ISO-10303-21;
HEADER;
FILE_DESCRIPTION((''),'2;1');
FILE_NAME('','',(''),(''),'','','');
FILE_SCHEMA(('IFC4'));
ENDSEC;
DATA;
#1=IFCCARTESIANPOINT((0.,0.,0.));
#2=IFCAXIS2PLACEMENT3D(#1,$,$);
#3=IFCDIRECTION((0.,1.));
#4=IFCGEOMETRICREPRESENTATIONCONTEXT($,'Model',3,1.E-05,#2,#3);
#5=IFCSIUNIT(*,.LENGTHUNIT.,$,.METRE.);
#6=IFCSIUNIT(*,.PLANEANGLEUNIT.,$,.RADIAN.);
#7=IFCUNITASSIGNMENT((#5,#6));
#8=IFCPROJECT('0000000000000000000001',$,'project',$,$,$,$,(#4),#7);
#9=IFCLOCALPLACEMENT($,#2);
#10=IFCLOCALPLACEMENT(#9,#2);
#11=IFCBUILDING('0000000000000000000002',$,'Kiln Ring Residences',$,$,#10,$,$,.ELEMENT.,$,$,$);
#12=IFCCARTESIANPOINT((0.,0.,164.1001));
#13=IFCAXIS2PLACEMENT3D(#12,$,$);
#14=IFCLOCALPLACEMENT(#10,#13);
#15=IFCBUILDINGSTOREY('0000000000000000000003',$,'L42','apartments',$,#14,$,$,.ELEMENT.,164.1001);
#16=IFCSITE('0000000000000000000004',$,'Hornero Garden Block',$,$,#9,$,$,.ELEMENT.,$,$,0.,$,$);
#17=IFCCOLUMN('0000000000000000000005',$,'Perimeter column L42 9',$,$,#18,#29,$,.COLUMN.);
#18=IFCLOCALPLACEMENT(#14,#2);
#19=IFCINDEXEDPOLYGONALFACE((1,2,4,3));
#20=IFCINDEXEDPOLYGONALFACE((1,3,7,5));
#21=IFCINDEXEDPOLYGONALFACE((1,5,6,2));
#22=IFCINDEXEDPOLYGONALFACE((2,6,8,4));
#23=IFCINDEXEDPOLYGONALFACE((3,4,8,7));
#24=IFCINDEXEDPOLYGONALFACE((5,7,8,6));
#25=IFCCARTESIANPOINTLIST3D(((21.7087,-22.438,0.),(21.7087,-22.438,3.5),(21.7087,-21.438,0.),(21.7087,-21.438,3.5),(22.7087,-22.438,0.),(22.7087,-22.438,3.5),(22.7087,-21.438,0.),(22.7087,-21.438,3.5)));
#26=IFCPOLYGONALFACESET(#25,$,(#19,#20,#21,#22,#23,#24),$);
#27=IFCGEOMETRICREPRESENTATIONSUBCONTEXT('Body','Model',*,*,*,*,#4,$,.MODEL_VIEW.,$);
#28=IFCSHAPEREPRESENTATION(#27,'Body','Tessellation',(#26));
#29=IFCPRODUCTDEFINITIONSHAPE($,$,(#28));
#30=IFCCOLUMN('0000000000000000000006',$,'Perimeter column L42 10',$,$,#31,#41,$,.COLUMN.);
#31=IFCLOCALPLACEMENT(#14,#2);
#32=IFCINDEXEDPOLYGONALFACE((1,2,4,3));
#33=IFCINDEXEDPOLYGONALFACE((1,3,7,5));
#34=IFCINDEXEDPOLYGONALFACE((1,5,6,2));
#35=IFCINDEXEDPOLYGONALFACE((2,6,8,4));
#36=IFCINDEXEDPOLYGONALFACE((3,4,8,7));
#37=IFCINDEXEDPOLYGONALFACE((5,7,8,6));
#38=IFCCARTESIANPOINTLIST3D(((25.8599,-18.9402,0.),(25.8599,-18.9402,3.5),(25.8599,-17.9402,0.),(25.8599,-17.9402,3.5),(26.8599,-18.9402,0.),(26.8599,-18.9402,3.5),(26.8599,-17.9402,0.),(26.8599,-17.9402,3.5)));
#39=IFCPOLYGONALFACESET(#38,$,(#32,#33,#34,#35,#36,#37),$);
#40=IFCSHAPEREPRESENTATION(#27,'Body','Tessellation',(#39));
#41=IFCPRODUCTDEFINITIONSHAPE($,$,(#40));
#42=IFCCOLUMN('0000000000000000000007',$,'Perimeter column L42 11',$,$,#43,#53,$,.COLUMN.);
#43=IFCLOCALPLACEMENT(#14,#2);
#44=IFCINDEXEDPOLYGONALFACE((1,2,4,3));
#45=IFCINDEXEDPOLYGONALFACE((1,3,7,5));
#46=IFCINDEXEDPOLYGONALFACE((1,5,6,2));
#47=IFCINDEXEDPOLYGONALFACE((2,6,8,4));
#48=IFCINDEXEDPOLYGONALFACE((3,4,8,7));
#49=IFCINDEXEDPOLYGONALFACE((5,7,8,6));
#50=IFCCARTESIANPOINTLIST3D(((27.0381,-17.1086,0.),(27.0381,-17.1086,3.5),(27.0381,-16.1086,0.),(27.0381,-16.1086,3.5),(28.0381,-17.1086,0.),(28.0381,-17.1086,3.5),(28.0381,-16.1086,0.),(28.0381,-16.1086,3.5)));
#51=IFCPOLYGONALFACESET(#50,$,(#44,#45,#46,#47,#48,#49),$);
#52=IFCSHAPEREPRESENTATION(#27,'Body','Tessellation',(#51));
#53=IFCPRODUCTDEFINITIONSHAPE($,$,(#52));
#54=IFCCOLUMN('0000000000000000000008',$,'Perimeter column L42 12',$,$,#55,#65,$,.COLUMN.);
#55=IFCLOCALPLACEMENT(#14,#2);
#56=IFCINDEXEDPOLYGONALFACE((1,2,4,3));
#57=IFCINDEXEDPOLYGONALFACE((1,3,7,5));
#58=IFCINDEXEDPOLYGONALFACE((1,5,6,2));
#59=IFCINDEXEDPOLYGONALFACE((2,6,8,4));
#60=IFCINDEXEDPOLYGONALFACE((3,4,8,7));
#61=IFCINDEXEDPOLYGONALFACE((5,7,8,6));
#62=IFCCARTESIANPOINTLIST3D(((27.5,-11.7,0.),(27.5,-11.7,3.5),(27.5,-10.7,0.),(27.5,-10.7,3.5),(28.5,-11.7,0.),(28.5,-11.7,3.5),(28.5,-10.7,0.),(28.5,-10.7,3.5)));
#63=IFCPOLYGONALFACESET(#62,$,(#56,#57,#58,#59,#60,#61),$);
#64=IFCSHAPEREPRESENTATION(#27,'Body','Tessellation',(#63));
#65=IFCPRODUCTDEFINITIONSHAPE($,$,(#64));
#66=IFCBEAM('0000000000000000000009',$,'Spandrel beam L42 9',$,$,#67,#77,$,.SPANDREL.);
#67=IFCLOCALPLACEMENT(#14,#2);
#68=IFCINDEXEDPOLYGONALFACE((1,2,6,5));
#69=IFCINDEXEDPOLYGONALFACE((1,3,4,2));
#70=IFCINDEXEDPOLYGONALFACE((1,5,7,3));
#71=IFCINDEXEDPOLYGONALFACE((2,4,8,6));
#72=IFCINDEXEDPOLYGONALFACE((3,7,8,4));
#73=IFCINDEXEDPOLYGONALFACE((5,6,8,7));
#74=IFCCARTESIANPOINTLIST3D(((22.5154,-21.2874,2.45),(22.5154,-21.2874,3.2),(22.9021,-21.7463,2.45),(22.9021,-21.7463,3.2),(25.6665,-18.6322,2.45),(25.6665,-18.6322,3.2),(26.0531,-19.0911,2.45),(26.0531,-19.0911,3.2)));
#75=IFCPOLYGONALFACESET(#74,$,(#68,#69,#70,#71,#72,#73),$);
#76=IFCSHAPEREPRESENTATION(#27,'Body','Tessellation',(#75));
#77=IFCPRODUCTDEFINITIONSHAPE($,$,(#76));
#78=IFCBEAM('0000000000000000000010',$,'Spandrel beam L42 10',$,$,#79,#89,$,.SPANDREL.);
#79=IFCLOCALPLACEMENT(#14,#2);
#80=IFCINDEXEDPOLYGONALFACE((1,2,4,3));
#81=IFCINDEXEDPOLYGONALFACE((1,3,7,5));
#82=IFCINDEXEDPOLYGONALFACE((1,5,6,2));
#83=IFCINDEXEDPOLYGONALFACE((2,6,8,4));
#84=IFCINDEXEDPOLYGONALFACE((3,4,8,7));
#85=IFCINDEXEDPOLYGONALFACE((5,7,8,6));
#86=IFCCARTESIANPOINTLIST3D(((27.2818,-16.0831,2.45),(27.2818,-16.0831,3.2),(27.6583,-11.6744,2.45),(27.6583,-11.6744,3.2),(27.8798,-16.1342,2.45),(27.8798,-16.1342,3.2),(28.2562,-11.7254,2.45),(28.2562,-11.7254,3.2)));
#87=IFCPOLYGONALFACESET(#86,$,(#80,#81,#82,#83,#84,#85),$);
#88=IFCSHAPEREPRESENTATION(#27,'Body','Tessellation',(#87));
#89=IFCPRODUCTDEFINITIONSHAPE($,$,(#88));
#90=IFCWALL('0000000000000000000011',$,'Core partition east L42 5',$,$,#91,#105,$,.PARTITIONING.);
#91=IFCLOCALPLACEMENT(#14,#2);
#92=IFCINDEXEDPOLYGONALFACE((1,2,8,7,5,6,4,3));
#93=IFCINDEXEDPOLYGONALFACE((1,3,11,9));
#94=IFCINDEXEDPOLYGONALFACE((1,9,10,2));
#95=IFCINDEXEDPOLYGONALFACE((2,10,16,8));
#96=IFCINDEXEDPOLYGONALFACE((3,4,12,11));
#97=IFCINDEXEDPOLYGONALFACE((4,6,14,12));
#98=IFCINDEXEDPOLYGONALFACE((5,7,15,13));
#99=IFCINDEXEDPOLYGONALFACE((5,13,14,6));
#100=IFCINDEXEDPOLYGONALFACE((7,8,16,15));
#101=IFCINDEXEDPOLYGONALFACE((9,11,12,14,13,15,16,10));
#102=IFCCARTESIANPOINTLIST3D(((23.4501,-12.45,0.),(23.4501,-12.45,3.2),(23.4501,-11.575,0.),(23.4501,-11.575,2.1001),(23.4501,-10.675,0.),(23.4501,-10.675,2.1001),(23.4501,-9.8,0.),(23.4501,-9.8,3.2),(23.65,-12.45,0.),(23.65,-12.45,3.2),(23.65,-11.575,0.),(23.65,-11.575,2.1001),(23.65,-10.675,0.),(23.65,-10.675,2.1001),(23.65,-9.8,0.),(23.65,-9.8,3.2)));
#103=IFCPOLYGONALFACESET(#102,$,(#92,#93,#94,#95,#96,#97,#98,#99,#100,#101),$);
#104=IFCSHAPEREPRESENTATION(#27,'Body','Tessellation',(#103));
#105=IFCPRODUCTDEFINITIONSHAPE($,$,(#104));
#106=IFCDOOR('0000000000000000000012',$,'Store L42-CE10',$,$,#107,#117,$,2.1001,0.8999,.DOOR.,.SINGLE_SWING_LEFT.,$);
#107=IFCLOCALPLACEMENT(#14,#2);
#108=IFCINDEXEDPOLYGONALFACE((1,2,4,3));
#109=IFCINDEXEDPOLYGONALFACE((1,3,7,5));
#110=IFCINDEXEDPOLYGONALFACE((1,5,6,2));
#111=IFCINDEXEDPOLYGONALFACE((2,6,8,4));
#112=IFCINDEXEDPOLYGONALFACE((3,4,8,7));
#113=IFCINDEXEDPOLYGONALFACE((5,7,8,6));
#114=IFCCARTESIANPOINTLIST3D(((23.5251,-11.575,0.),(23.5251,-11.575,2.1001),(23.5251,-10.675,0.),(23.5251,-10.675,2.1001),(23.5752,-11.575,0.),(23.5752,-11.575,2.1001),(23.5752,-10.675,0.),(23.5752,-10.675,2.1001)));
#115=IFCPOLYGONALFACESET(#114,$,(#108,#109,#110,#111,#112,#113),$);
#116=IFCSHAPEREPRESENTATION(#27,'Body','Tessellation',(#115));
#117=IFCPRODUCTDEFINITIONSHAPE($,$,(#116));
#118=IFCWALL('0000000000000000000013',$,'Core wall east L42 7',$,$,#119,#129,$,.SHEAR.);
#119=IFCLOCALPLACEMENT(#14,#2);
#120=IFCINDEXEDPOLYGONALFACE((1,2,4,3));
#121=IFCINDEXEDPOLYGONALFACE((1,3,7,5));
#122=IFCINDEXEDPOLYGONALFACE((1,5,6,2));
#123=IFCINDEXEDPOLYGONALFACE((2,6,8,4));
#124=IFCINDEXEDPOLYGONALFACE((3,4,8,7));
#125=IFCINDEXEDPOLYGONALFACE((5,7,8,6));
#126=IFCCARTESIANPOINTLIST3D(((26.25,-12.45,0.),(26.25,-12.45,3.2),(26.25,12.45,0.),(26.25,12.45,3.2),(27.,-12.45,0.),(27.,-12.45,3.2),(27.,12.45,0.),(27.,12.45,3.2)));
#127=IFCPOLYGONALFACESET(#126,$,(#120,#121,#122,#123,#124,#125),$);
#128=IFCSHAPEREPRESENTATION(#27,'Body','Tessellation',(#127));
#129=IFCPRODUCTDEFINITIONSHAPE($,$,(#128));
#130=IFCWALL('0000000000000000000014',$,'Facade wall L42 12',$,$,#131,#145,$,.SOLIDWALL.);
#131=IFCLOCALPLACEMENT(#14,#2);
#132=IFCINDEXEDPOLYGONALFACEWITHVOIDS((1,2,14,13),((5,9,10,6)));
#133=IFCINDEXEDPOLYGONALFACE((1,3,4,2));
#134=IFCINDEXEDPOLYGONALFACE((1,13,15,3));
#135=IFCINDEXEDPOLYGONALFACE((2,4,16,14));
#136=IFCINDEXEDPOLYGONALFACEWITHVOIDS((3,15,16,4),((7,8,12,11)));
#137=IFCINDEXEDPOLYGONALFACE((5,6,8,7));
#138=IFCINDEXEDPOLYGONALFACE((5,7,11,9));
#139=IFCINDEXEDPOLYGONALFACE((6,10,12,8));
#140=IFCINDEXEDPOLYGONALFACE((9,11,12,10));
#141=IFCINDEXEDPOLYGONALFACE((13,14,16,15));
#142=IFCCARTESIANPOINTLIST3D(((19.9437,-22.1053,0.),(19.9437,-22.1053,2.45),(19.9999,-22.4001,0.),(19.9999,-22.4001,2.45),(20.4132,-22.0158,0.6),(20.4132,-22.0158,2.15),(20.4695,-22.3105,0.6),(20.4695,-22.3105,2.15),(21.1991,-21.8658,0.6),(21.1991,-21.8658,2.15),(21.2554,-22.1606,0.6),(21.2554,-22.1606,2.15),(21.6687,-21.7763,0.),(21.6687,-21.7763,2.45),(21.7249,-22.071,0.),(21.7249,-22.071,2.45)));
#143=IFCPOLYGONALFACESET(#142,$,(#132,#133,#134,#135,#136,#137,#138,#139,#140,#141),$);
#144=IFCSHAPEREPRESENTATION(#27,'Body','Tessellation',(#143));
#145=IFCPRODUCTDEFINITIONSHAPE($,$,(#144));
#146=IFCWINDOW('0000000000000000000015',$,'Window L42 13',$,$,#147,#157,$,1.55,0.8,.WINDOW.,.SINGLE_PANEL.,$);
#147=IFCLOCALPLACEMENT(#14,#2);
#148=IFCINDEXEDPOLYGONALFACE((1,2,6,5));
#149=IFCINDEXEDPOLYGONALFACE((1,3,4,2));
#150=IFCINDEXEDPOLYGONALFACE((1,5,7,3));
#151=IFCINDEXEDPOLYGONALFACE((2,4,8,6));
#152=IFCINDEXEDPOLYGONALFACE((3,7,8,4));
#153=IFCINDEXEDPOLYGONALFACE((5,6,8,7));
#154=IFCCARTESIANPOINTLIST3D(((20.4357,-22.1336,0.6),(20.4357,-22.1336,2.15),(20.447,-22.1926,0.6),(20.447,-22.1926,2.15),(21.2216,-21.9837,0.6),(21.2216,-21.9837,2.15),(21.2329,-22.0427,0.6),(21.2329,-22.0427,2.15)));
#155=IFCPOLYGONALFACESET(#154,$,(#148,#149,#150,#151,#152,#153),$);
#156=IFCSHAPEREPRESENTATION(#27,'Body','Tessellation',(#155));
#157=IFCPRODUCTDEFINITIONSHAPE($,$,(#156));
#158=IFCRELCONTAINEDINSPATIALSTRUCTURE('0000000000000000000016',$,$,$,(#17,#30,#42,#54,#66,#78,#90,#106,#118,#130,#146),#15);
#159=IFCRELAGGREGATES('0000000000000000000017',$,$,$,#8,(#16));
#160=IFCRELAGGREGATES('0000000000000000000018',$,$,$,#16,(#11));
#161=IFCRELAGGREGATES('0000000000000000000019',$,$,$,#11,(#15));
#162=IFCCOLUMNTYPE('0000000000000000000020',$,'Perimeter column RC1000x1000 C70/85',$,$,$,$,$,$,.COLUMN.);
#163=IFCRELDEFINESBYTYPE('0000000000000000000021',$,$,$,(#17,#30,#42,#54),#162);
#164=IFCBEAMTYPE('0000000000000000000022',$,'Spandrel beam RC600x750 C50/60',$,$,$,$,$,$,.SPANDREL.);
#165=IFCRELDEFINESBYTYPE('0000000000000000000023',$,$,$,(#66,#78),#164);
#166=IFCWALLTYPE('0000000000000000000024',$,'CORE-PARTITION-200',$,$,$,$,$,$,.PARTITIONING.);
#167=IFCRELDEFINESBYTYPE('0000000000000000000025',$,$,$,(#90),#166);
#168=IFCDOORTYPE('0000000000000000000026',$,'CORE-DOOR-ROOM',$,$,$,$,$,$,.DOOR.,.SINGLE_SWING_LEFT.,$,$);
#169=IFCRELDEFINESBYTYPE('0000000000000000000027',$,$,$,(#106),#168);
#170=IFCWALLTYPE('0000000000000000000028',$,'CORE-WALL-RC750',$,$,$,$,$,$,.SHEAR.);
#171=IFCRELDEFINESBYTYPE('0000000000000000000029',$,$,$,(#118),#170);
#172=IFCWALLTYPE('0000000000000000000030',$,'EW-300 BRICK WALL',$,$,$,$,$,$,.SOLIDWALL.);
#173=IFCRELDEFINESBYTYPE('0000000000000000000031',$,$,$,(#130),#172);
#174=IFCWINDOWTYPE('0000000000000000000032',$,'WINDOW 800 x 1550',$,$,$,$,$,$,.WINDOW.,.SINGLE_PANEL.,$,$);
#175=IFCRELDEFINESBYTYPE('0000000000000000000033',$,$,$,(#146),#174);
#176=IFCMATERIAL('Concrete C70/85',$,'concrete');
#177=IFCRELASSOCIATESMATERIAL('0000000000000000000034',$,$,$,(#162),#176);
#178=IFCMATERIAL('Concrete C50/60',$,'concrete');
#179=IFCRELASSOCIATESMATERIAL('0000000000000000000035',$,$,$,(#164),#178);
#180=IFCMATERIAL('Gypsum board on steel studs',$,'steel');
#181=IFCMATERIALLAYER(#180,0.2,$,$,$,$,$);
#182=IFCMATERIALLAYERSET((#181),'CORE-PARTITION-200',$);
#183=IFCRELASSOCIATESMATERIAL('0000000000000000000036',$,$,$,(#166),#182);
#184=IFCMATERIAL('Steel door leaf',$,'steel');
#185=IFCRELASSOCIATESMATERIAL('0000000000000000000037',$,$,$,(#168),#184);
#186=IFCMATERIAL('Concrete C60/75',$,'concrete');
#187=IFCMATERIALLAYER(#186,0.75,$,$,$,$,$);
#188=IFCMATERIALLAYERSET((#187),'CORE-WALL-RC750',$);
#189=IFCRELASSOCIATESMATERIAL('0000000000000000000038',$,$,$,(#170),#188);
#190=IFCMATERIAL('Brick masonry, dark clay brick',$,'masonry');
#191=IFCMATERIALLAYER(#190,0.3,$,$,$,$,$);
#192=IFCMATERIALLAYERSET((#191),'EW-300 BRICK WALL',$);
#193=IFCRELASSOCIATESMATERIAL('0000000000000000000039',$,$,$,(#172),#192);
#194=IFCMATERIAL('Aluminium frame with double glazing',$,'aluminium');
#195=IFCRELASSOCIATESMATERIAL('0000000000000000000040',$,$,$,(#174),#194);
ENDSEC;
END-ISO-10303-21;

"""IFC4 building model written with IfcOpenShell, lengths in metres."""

from ifc_helpers import new_model, si_unit, direction, frame, frame_2d, origin, origin_2d, place, context, subcontext, project, spatial, rectangle, extrude, material, layer, layer_set, material_profile, profile_set, type_object, element, fill, save


model = new_model("IFC4")

# Units and contexts
model_context = context("Model", 3, precision=1e-05, world=origin(), true_north=direction((0.0, 1.0)))
body_context = subcontext(model_context, "Body", "Model", "MODEL_VIEW")
ifc_project = project(units=[si_unit("LENGTHUNIT", "METRE"), si_unit("PLANEANGLEUNIT", "RADIAN")], contexts=[model_context])

# Site, building, storey
site_placement = place(None, origin())
site = spatial("IfcSite", under=ifc_project, at=site_placement, Name="Hornero Garden Block", CompositionType="ELEMENT", RefElevation=0.0)
building_placement = place(site_placement, origin())
building = spatial("IfcBuilding", under=site, at=building_placement, Name="Kiln Ring Residences", CompositionType="ELEMENT")
storey_placement = place(building_placement, frame((0.0, 0.0, 164.1001)))
storey = spatial("IfcBuildingStorey", under=building, at=storey_placement, Name="L42", Description="apartments", CompositionType="ELEMENT", Elevation=164.1001)

# Columns
ifc_material_1 = material(Name="Concrete C70/85", Category="concrete")
ifc_material_profile_1 = material_profile(ifc_material_1, rectangle(XDim=1.0, YDim=1.0, at=origin_2d()), Name="RC1000x1000")
ifc_profile_set_1 = profile_set([ifc_material_profile_1], Name="Concrete C70/85")
column_type = type_object("IfcColumnType", Name="Perimeter column RC1000x1000 C70/85", PredefinedType="COLUMN", material=ifc_profile_set_1)
for number, where, z_axis, x_axis, name in (
    (1, (22.2087, -21.938, 0.0), (0.0, 0.0, 1.0), (1.0, 0.0, 0.0), "Perimeter column L42 9"),
    (2, (26.3599, -18.4402, 0.0), (0.0, 0.0, 1.0), (1.0, 0.0, 0.0), "Perimeter column L42 10"),
    (3, (27.5381, -16.6086, 0.0), (0.0, 0.0, 1.0), (1.0, 0.0, 0.0), "Perimeter column L42 11"),
    (4, (28.0, -11.2, 0.0), (0.0, 0.0, 1.0), (1.0, 0.0, 0.0), "Perimeter column L42 12"),
):
    element("IfcColumn", number, at=place(storey_placement, frame(where, z_axis=z_axis, x_axis=x_axis)), inside=storey, type_object=column_type, Name=name, PredefinedType="COLUMN", context=body_context, shape_type="SweptSolid", body=[
        extrude(rectangle(XDim=1.0, YDim=1.0, at=origin_2d()), origin(), (0.0, 0.0, 1.0), 3.5),
    ])

# Beams
ifc_material_2 = material(Name="Concrete C50/60", Category="concrete")
ifc_material_profile_2 = material_profile(ifc_material_2, rectangle(XDim=0.6001, YDim=0.75, at=origin_2d()), Name="RC600x750")
ifc_profile_set_2 = profile_set([ifc_material_profile_2], Name="Concrete C50/60")
beam_type = type_object("IfcBeamType", Name="Spandrel beam RC600x750 C50/60", PredefinedType="SPANDREL", material=ifc_profile_set_2)
beam_1_placement = place(storey_placement, frame((22.7087, -21.5168, 2.825), z_axis=(0.764708, 0.644377, 0.0), x_axis=(-0.644377, 0.764708, 0.0)))
element("IfcBeam", 5, at=beam_1_placement, inside=storey, type_object=beam_type, Name="Spandrel beam L42 9", PredefinedType="SPANDREL", context=body_context, shape_type="SweptSolid", body=[
    extrude(rectangle(XDim=0.6001, YDim=0.75, at=origin_2d()), origin(), (0.0, 0.0, 1.0), 4.1206),
])
beam_2_placement = place(storey_placement, frame((27.5808, -16.1086, 2.825), z_axis=(0.085082, 0.996374, 0.0), x_axis=(-0.996374, 0.085082, 0.0)))
element("IfcBeam", 6, at=beam_2_placement, inside=storey, type_object=beam_type, Name="Spandrel beam L42 10", PredefinedType="SPANDREL", context=body_context, shape_type="SweptSolid", body=[
    extrude(rectangle(XDim=0.6001, YDim=0.75, at=origin_2d()), origin(), (0.0, 0.0, 1.0), 4.4248),
])

# Wall, opening, door
ifc_material_3 = material(Name="Gypsum board on steel studs", Category="steel")
ifc_layer_1 = layer(ifc_material_3, 0.2)
ifc_layer_set_1 = layer_set([ifc_layer_1], Name="CORE-PARTITION-200")
wall_type_1 = type_object("IfcWallType", Name="CORE-PARTITION-200", PredefinedType="PARTITIONING", material=ifc_layer_set_1)
wall_1_placement = place(storey_placement, frame((23.55, -12.45, 0.0), z_axis=(0.0, 0.0, 1.0), x_axis=(0.0, 1.0, 0.0)))
wall_1 = element("IfcWall", 7, at=wall_1_placement, inside=storey, type_object=wall_type_1, Name="Core partition east L42 5", PredefinedType="PARTITIONING", context=body_context, shape_type="SweptSolid", body=[
    extrude(rectangle(XDim=2.6499, YDim=0.2, at=frame_2d((1.325, 0.0))), origin(), (0.0, 0.0, 1.0), 3.2),
])
opening_1_placement = place(wall_1_placement, frame((0.875, 0.0, 0.0)))
opening_1 = element("IfcOpeningElement", 8, at=opening_1_placement, cuts=wall_1, PredefinedType="OPENING", context=body_context, shape_type="SweptSolid", body=[
    extrude(rectangle(XDim=0.8999, YDim=2.1001, at=frame_2d((0.45, 1.05))), frame((0.0, 0.1099, 0.0), z_axis=(0.0, -1.0, 0.0), x_axis=(1.0, 0.0, 0.0)), (0.0, 0.0, 1.0), 0.22),
])
ifc_material_4 = material(Name="Steel door leaf", Category="steel")
door_type_1 = type_object("IfcDoorType", Name="CORE-DOOR-ROOM", OperationType="SINGLE_SWING_LEFT", PredefinedType="DOOR", material=ifc_material_4)
door_1_placement = place(opening_1_placement, origin())
door_1 = element("IfcDoor", 9, at=door_1_placement, inside=storey, type_object=door_type_1, Name="Store L42-CE10", OperationType="SINGLE_SWING_LEFT", OverallHeight=2.1001, OverallWidth=0.8999, PredefinedType="DOOR", context=body_context, shape_type="SweptSolid", body=[
    extrude(rectangle(XDim=0.8999, YDim=2.1001, at=frame_2d((0.45, 1.05))), frame((0.0, 0.0249, 0.0), z_axis=(0.0, -1.0, 0.0), x_axis=(1.0, 0.0, 0.0)), (0.0, 0.0, 1.0), 0.05),
])
fill(opening_1, door_1)

# Wall
ifc_material_5 = material(Name="Concrete C60/75", Category="concrete")
ifc_layer_2 = layer(ifc_material_5, 0.75)
ifc_layer_set_2 = layer_set([ifc_layer_2], Name="CORE-WALL-RC750")
wall_type_2 = type_object("IfcWallType", Name="CORE-WALL-RC750", PredefinedType="SHEAR", material=ifc_layer_set_2)
wall_2_placement = place(storey_placement, frame((26.625, -12.45, 0.0), z_axis=(0.0, 0.0, 1.0), x_axis=(0.0, 1.0, 0.0)))
element("IfcWall", 10, at=wall_2_placement, inside=storey, type_object=wall_type_2, Name="Core wall east L42 7", PredefinedType="SHEAR", context=body_context, shape_type="SweptSolid", body=[
    extrude(rectangle(XDim=24.8999, YDim=0.75, at=frame_2d((12.45, 0.0))), origin(), (0.0, 0.0, 1.0), 3.2),
])

# Wall, opening, window
ifc_material_6 = material(Name="Brick masonry, dark clay brick", Category="masonry")
ifc_layer_3 = layer(ifc_material_6, 0.3)
ifc_layer_set_3 = layer_set([ifc_layer_3], Name="EW-300 BRICK WALL")
wall_type_3 = type_object("IfcWallType", Name="EW-300 BRICK WALL", PredefinedType="SOLIDWALL", material=ifc_layer_set_3)
wall_3_placement = place(storey_placement, frame((19.9719, -22.2527, 0.0), z_axis=(0.0, 0.0, 1.0), x_axis=(0.982285, 0.187393, 0.0)))
wall_3 = element("IfcWall", 11, at=wall_3_placement, inside=storey, type_object=wall_type_3, Name="Facade wall L42 12", PredefinedType="SOLIDWALL", context=body_context, shape_type="SweptSolid", body=[
    extrude(rectangle(XDim=1.7561, YDim=0.3, at=frame_2d((0.8779, 0.0))), origin(), (0.0, 0.0, 1.0), 2.45),
])
opening_2_placement = place(wall_3_placement, frame((0.478, 0.0, 0.6001)))
opening_2 = element("IfcOpeningElement", 12, at=opening_2_placement, cuts=wall_3, PredefinedType="OPENING", context=body_context, shape_type="SweptSolid", body=[
    extrude(rectangle(XDim=0.8, YDim=1.55, at=frame_2d((0.3999, 0.7749))), frame((0.0, 0.1599, 0.0), z_axis=(0.0, -1.0, 0.0), x_axis=(1.0, 0.0, 0.0)), (0.0, 0.0, 1.0), 0.3201),
])
ifc_material_7 = material(Name="Aluminium frame with double glazing", Category="aluminium")
window_type_1 = type_object("IfcWindowType", Name="WINDOW 800 x 1550", PartitioningType="SINGLE_PANEL", PredefinedType="WINDOW", material=ifc_material_7)
window_1_placement = place(opening_2_placement, origin())
window_1 = element("IfcWindow", 13, at=window_1_placement, inside=storey, type_object=window_type_1, Name="Window L42 13", OverallHeight=1.55, OverallWidth=0.8, PartitioningType="SINGLE_PANEL", PredefinedType="WINDOW", context=body_context, shape_type="SweptSolid", body=[
    extrude(rectangle(XDim=0.8, YDim=1.55, at=frame_2d((0.3999, 0.7749))), frame((0.0, 0.03, 0.0), z_axis=(0.0, -1.0, 0.0), x_axis=(1.0, 0.0, 0.0)), (0.0, 0.0, 1.0), 0.0601),
])
fill(opening_2, window_1)

save(model, "model.ifc")
